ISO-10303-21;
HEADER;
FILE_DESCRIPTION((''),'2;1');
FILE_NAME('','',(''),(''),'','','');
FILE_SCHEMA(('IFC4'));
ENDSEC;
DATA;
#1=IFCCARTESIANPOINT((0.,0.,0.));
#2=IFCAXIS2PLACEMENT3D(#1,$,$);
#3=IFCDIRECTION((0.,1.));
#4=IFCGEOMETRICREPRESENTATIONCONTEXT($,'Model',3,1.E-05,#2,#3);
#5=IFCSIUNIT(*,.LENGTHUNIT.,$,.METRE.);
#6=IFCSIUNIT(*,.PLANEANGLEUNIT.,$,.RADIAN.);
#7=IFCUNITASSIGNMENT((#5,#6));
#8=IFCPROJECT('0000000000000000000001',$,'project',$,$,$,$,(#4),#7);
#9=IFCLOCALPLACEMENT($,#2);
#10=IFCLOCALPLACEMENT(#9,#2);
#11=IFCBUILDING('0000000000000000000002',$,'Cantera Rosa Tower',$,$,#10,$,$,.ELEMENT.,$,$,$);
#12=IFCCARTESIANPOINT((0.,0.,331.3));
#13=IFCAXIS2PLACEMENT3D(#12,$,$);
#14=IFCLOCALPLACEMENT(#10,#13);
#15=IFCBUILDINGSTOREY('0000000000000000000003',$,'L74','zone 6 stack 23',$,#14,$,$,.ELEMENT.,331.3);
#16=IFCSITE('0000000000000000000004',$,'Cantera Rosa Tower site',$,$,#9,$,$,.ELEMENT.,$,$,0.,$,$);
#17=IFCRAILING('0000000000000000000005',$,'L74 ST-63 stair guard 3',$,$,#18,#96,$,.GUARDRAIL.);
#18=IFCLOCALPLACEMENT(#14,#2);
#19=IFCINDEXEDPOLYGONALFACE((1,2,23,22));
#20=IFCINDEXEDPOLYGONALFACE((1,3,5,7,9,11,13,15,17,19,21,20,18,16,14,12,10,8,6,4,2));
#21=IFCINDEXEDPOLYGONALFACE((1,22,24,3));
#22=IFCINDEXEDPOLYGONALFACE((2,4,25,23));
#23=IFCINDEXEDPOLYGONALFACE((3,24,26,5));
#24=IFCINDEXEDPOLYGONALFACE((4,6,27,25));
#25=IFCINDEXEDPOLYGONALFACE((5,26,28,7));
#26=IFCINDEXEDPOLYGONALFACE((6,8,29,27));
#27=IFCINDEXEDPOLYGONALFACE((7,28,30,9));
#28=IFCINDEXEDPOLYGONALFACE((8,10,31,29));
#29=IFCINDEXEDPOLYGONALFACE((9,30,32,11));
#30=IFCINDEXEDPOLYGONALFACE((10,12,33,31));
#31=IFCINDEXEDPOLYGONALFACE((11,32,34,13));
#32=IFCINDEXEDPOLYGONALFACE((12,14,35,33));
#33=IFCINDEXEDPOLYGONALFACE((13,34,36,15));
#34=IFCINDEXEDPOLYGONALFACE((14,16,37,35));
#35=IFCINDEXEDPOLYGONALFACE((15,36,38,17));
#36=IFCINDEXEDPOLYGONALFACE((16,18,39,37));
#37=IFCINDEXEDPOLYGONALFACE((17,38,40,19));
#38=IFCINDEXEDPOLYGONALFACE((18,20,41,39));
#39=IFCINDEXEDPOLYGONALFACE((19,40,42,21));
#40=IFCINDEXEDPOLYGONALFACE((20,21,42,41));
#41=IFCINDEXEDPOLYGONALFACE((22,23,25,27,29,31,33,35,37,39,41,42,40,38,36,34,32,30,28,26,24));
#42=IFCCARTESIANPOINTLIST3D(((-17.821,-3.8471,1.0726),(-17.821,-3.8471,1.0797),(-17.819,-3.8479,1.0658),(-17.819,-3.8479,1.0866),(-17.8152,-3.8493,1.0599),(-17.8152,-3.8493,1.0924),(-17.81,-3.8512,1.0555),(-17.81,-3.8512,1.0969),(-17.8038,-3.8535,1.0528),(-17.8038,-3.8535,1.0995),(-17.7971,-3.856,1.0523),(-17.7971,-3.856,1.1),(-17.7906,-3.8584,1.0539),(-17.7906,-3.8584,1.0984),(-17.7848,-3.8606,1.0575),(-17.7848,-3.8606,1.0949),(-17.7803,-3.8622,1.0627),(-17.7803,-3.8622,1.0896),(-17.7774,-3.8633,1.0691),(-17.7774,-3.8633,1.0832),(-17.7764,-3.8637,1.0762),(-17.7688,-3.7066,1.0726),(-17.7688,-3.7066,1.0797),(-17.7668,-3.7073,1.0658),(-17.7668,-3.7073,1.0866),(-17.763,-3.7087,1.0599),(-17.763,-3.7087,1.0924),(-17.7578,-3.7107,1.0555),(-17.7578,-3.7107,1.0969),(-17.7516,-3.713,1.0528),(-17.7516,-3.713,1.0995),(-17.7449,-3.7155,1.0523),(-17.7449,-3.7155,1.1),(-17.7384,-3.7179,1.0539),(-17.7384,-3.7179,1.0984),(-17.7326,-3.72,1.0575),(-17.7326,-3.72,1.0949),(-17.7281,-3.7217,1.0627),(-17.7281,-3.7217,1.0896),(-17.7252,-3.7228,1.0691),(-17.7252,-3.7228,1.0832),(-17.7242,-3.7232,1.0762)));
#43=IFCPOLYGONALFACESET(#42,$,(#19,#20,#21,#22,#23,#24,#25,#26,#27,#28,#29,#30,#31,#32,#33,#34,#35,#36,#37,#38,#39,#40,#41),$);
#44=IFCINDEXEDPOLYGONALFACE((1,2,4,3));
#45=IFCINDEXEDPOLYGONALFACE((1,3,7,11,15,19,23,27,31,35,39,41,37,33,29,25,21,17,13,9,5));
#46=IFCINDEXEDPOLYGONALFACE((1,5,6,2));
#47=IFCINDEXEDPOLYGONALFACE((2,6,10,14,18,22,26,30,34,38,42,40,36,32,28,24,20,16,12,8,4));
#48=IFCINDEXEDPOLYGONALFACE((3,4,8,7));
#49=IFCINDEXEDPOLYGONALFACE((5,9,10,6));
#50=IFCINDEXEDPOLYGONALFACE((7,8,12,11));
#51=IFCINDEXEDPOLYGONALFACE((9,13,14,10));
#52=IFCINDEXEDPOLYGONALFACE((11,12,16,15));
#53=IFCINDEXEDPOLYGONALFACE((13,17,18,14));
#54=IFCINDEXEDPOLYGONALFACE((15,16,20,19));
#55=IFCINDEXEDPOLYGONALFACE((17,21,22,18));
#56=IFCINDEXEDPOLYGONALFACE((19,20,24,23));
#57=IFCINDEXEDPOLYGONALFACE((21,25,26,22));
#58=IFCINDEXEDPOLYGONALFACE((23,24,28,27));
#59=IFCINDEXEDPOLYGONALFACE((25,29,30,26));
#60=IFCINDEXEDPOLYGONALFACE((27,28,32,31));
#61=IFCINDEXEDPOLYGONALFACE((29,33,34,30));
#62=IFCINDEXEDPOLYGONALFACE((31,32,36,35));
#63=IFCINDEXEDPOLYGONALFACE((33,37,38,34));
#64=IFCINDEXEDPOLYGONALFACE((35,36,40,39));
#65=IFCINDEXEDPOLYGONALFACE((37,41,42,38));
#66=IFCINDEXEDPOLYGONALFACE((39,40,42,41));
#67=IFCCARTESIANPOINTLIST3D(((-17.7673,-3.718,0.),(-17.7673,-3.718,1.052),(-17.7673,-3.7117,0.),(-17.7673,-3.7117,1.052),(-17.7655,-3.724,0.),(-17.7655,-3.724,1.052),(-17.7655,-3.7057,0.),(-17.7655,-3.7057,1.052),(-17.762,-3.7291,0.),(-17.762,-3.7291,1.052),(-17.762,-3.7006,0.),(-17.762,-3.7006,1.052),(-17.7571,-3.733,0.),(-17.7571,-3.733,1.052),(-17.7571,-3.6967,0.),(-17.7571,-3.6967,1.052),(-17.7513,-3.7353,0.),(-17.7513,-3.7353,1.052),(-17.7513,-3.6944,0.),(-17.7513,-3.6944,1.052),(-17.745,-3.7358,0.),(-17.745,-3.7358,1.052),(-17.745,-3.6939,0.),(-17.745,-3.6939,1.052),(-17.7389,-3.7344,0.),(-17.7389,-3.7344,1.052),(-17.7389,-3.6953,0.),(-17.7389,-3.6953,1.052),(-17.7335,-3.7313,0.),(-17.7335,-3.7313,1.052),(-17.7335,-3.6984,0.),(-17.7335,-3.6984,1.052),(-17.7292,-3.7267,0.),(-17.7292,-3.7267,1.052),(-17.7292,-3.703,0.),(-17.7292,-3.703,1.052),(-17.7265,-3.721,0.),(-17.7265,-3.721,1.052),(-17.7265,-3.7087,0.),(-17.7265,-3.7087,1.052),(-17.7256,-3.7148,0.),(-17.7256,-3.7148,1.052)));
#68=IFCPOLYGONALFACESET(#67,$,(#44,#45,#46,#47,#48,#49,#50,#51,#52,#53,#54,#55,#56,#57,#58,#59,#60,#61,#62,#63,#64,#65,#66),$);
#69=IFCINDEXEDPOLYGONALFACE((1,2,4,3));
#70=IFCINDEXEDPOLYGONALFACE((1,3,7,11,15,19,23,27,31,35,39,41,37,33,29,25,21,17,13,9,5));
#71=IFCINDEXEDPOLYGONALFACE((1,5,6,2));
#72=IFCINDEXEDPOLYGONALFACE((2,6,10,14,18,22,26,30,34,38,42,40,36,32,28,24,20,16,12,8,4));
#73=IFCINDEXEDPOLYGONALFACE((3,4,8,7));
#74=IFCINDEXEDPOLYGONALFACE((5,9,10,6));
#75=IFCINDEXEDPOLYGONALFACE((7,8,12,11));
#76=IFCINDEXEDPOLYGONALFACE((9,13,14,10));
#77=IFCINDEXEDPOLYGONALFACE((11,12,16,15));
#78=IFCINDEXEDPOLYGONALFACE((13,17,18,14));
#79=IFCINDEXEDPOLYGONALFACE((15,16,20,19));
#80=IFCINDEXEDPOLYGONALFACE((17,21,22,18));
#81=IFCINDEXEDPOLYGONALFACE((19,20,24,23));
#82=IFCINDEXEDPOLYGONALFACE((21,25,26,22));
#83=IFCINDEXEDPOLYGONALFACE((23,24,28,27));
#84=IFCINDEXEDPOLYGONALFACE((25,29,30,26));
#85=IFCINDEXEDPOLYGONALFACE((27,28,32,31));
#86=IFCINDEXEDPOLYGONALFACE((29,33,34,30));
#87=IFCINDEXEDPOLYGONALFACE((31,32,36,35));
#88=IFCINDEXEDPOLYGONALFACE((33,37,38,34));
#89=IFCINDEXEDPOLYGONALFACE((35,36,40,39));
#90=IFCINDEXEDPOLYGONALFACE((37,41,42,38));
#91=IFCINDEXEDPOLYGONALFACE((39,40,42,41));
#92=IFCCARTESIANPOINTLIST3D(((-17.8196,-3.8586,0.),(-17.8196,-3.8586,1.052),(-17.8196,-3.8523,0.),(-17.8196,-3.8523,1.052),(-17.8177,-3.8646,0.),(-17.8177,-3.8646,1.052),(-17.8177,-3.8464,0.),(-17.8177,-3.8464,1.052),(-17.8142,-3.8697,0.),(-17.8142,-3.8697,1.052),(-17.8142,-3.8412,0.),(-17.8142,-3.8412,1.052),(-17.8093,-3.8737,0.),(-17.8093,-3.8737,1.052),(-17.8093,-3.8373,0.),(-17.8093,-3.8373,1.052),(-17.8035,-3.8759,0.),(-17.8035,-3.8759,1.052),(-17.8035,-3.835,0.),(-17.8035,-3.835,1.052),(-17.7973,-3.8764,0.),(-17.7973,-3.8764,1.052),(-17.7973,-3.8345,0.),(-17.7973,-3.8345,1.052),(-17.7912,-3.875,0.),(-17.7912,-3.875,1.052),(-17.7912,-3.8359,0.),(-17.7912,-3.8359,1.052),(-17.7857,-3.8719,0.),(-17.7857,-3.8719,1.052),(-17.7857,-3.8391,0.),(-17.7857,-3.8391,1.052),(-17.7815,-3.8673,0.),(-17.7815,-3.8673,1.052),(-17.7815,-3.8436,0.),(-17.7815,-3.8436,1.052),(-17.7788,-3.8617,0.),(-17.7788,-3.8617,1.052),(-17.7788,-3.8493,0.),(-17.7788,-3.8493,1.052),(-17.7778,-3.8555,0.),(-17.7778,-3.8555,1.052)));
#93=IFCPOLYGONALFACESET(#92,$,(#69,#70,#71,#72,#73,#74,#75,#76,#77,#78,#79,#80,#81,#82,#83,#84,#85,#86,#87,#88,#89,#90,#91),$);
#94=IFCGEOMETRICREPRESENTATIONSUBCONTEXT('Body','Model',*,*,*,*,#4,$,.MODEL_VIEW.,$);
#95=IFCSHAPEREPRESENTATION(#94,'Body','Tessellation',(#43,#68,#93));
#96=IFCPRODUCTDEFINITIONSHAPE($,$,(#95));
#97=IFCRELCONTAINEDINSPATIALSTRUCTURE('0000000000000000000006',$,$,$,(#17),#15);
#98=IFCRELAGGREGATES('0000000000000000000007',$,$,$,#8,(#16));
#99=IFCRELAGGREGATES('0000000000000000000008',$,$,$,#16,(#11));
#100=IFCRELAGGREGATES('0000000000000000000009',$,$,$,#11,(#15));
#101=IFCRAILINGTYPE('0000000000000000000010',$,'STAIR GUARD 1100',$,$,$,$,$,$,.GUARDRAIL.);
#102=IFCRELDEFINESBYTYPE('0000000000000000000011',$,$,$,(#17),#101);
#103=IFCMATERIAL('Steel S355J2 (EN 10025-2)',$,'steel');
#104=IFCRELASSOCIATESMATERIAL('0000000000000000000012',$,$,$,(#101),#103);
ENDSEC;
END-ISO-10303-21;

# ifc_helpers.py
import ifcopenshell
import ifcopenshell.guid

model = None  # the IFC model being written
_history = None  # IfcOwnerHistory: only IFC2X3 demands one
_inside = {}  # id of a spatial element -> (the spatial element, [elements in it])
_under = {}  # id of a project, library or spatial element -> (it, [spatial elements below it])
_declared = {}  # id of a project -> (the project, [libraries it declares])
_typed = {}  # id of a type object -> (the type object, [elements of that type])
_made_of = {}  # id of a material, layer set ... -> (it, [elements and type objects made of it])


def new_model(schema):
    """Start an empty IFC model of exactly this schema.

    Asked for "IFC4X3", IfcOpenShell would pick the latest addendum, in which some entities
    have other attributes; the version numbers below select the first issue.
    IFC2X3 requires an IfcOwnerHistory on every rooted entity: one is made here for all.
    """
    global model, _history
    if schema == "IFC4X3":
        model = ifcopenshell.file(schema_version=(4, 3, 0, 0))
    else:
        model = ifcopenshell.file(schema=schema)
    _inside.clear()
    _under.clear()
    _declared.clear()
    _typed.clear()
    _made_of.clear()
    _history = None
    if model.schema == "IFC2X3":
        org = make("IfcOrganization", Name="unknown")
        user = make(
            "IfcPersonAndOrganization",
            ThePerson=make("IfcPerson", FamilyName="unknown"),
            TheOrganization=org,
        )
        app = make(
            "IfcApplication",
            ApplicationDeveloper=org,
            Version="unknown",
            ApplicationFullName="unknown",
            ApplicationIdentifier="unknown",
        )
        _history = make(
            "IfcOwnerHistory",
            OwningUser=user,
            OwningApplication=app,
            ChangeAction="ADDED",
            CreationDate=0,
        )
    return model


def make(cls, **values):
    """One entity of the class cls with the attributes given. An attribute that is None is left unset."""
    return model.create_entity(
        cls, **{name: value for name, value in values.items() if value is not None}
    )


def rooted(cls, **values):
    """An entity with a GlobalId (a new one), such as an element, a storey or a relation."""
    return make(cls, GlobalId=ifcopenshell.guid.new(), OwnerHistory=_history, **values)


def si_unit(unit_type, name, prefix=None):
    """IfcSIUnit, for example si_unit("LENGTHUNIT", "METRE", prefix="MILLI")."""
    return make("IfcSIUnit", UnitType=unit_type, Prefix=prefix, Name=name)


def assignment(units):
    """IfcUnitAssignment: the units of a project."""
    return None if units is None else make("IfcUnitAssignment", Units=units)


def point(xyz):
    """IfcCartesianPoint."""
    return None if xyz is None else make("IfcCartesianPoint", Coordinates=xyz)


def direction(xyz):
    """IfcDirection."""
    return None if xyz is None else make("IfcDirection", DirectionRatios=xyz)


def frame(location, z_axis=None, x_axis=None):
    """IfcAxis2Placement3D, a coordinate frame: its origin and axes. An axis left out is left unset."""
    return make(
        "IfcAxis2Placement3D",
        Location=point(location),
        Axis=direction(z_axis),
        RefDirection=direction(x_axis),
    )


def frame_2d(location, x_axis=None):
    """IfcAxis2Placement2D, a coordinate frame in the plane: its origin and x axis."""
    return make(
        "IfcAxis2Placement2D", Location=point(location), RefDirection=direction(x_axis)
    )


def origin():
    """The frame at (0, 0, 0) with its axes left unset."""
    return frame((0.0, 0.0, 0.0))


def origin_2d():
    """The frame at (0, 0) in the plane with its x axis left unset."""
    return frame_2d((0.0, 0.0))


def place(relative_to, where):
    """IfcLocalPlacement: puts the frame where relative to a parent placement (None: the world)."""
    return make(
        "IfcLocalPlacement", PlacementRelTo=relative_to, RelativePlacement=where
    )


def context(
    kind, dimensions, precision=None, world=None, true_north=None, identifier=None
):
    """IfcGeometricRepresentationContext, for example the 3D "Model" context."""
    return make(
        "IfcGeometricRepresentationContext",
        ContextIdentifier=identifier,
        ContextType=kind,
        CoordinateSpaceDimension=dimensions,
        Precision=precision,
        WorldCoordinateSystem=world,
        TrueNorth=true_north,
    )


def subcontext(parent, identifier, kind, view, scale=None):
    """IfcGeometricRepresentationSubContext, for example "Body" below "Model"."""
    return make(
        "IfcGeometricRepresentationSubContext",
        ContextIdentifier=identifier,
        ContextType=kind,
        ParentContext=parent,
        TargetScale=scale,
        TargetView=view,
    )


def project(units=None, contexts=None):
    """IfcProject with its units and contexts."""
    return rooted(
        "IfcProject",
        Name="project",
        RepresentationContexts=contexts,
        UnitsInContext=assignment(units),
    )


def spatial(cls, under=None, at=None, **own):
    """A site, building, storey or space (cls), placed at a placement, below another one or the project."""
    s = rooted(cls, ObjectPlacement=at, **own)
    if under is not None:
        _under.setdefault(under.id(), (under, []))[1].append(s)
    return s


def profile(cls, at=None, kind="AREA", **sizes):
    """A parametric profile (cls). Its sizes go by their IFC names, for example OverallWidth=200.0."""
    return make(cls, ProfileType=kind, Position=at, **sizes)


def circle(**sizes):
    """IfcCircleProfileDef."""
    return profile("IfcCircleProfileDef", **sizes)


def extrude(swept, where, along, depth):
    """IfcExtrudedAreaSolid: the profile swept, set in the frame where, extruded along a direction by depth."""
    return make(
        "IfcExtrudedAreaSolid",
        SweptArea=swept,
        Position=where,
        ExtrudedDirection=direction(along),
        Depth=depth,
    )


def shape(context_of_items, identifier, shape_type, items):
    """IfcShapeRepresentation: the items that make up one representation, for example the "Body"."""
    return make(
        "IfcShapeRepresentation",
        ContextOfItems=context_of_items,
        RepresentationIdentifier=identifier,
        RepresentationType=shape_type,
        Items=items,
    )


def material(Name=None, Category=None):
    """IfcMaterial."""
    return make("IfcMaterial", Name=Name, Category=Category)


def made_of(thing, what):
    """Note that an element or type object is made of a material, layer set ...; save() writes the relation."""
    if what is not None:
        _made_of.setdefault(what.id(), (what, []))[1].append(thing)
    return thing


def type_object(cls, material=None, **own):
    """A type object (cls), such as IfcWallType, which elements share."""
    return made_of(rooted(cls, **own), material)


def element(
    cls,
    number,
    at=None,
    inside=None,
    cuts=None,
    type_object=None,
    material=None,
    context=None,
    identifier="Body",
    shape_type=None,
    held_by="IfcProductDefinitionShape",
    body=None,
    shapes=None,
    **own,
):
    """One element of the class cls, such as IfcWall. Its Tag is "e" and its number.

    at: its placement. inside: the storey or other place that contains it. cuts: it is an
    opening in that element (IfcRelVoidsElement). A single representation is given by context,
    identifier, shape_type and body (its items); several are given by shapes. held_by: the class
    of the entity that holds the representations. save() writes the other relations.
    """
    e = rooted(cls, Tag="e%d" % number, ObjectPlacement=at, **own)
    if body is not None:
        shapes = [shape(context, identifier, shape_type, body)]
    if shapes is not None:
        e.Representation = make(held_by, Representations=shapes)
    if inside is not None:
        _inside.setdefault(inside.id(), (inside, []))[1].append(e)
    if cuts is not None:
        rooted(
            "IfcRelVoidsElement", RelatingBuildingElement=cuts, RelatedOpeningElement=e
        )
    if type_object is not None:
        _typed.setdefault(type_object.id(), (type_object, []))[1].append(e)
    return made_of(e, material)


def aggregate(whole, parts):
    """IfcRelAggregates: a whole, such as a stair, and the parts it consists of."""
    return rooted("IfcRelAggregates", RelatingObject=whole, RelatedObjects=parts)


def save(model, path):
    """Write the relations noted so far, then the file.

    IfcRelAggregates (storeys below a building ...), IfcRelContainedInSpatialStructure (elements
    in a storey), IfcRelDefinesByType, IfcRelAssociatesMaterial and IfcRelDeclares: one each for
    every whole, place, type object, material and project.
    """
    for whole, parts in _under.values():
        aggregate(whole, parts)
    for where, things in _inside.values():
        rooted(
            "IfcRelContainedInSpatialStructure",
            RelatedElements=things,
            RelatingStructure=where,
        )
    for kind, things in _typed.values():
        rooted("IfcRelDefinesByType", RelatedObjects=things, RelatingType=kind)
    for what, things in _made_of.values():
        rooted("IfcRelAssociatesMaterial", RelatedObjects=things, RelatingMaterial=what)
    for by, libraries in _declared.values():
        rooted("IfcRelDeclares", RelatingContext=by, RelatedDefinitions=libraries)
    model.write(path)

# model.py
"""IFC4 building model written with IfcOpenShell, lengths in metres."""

from ifc_helpers import new_model, si_unit, direction, frame, origin, origin_2d, place, context, subcontext, project, spatial, circle, extrude, material, type_object, element, save


model = new_model("IFC4")

# Units and contexts
model_context = context("Model", 3, precision=1e-05, world=origin(), true_north=direction((0.0, 1.0)))
body_context = subcontext(model_context, "Body", "Model", "MODEL_VIEW")
ifc_project = project(units=[si_unit("LENGTHUNIT", "METRE"), si_unit("PLANEANGLEUNIT", "RADIAN")], contexts=[model_context])

# Site, building, storey
site_placement = place(None, origin())
site = spatial("IfcSite", under=ifc_project, at=site_placement, Name="Cantera Rosa Tower site", CompositionType="ELEMENT", RefElevation=0.0)
building_placement = place(site_placement, origin())
building = spatial("IfcBuilding", under=site, at=building_placement, Name="Cantera Rosa Tower", CompositionType="ELEMENT")
storey_placement = place(building_placement, frame((0.0, 0.0, 331.3)))
storey = spatial("IfcBuildingStorey", under=building, at=storey_placement, Name="L74", Description="zone 6 stack 23", CompositionType="ELEMENT", Elevation=331.3)

# Railing
ifc_material_1 = material(Name="Steel S355J2 (EN 10025-2)", Category="steel")
railing_type_1 = type_object("IfcRailingType", Name="STAIR GUARD 1100", PredefinedType="GUARDRAIL", material=ifc_material_1)
railing_1_placement = place(storey_placement, frame((-17.7466, -3.7148, 0.0)))
element("IfcRailing", 1, at=railing_1_placement, inside=storey, type_object=railing_type_1, Name="L74 ST-63 stair guard 3", PredefinedType="GUARDRAIL", context=body_context, shape_type="SweptSolid", body=[
    extrude(circle(Radius=0.0239, at=origin_2d()), frame((0.0, 0.0, 1.0762), z_axis=(-0.348268, -0.937395, 0.0), x_axis=(0.937395, -0.348268, 0.0)), (0.0, 0.0, 1.0), 0.1499),
    extrude(circle(Radius=0.021, at=origin_2d()), origin(), (0.0, 0.0, 1.0), 1.052),
    extrude(circle(Radius=0.021, at=origin_2d()), frame((-0.0522, -0.1406, 0.0)), (0.0, 0.0, 1.0), 1.052),
])

save(model, "model.ifc")
